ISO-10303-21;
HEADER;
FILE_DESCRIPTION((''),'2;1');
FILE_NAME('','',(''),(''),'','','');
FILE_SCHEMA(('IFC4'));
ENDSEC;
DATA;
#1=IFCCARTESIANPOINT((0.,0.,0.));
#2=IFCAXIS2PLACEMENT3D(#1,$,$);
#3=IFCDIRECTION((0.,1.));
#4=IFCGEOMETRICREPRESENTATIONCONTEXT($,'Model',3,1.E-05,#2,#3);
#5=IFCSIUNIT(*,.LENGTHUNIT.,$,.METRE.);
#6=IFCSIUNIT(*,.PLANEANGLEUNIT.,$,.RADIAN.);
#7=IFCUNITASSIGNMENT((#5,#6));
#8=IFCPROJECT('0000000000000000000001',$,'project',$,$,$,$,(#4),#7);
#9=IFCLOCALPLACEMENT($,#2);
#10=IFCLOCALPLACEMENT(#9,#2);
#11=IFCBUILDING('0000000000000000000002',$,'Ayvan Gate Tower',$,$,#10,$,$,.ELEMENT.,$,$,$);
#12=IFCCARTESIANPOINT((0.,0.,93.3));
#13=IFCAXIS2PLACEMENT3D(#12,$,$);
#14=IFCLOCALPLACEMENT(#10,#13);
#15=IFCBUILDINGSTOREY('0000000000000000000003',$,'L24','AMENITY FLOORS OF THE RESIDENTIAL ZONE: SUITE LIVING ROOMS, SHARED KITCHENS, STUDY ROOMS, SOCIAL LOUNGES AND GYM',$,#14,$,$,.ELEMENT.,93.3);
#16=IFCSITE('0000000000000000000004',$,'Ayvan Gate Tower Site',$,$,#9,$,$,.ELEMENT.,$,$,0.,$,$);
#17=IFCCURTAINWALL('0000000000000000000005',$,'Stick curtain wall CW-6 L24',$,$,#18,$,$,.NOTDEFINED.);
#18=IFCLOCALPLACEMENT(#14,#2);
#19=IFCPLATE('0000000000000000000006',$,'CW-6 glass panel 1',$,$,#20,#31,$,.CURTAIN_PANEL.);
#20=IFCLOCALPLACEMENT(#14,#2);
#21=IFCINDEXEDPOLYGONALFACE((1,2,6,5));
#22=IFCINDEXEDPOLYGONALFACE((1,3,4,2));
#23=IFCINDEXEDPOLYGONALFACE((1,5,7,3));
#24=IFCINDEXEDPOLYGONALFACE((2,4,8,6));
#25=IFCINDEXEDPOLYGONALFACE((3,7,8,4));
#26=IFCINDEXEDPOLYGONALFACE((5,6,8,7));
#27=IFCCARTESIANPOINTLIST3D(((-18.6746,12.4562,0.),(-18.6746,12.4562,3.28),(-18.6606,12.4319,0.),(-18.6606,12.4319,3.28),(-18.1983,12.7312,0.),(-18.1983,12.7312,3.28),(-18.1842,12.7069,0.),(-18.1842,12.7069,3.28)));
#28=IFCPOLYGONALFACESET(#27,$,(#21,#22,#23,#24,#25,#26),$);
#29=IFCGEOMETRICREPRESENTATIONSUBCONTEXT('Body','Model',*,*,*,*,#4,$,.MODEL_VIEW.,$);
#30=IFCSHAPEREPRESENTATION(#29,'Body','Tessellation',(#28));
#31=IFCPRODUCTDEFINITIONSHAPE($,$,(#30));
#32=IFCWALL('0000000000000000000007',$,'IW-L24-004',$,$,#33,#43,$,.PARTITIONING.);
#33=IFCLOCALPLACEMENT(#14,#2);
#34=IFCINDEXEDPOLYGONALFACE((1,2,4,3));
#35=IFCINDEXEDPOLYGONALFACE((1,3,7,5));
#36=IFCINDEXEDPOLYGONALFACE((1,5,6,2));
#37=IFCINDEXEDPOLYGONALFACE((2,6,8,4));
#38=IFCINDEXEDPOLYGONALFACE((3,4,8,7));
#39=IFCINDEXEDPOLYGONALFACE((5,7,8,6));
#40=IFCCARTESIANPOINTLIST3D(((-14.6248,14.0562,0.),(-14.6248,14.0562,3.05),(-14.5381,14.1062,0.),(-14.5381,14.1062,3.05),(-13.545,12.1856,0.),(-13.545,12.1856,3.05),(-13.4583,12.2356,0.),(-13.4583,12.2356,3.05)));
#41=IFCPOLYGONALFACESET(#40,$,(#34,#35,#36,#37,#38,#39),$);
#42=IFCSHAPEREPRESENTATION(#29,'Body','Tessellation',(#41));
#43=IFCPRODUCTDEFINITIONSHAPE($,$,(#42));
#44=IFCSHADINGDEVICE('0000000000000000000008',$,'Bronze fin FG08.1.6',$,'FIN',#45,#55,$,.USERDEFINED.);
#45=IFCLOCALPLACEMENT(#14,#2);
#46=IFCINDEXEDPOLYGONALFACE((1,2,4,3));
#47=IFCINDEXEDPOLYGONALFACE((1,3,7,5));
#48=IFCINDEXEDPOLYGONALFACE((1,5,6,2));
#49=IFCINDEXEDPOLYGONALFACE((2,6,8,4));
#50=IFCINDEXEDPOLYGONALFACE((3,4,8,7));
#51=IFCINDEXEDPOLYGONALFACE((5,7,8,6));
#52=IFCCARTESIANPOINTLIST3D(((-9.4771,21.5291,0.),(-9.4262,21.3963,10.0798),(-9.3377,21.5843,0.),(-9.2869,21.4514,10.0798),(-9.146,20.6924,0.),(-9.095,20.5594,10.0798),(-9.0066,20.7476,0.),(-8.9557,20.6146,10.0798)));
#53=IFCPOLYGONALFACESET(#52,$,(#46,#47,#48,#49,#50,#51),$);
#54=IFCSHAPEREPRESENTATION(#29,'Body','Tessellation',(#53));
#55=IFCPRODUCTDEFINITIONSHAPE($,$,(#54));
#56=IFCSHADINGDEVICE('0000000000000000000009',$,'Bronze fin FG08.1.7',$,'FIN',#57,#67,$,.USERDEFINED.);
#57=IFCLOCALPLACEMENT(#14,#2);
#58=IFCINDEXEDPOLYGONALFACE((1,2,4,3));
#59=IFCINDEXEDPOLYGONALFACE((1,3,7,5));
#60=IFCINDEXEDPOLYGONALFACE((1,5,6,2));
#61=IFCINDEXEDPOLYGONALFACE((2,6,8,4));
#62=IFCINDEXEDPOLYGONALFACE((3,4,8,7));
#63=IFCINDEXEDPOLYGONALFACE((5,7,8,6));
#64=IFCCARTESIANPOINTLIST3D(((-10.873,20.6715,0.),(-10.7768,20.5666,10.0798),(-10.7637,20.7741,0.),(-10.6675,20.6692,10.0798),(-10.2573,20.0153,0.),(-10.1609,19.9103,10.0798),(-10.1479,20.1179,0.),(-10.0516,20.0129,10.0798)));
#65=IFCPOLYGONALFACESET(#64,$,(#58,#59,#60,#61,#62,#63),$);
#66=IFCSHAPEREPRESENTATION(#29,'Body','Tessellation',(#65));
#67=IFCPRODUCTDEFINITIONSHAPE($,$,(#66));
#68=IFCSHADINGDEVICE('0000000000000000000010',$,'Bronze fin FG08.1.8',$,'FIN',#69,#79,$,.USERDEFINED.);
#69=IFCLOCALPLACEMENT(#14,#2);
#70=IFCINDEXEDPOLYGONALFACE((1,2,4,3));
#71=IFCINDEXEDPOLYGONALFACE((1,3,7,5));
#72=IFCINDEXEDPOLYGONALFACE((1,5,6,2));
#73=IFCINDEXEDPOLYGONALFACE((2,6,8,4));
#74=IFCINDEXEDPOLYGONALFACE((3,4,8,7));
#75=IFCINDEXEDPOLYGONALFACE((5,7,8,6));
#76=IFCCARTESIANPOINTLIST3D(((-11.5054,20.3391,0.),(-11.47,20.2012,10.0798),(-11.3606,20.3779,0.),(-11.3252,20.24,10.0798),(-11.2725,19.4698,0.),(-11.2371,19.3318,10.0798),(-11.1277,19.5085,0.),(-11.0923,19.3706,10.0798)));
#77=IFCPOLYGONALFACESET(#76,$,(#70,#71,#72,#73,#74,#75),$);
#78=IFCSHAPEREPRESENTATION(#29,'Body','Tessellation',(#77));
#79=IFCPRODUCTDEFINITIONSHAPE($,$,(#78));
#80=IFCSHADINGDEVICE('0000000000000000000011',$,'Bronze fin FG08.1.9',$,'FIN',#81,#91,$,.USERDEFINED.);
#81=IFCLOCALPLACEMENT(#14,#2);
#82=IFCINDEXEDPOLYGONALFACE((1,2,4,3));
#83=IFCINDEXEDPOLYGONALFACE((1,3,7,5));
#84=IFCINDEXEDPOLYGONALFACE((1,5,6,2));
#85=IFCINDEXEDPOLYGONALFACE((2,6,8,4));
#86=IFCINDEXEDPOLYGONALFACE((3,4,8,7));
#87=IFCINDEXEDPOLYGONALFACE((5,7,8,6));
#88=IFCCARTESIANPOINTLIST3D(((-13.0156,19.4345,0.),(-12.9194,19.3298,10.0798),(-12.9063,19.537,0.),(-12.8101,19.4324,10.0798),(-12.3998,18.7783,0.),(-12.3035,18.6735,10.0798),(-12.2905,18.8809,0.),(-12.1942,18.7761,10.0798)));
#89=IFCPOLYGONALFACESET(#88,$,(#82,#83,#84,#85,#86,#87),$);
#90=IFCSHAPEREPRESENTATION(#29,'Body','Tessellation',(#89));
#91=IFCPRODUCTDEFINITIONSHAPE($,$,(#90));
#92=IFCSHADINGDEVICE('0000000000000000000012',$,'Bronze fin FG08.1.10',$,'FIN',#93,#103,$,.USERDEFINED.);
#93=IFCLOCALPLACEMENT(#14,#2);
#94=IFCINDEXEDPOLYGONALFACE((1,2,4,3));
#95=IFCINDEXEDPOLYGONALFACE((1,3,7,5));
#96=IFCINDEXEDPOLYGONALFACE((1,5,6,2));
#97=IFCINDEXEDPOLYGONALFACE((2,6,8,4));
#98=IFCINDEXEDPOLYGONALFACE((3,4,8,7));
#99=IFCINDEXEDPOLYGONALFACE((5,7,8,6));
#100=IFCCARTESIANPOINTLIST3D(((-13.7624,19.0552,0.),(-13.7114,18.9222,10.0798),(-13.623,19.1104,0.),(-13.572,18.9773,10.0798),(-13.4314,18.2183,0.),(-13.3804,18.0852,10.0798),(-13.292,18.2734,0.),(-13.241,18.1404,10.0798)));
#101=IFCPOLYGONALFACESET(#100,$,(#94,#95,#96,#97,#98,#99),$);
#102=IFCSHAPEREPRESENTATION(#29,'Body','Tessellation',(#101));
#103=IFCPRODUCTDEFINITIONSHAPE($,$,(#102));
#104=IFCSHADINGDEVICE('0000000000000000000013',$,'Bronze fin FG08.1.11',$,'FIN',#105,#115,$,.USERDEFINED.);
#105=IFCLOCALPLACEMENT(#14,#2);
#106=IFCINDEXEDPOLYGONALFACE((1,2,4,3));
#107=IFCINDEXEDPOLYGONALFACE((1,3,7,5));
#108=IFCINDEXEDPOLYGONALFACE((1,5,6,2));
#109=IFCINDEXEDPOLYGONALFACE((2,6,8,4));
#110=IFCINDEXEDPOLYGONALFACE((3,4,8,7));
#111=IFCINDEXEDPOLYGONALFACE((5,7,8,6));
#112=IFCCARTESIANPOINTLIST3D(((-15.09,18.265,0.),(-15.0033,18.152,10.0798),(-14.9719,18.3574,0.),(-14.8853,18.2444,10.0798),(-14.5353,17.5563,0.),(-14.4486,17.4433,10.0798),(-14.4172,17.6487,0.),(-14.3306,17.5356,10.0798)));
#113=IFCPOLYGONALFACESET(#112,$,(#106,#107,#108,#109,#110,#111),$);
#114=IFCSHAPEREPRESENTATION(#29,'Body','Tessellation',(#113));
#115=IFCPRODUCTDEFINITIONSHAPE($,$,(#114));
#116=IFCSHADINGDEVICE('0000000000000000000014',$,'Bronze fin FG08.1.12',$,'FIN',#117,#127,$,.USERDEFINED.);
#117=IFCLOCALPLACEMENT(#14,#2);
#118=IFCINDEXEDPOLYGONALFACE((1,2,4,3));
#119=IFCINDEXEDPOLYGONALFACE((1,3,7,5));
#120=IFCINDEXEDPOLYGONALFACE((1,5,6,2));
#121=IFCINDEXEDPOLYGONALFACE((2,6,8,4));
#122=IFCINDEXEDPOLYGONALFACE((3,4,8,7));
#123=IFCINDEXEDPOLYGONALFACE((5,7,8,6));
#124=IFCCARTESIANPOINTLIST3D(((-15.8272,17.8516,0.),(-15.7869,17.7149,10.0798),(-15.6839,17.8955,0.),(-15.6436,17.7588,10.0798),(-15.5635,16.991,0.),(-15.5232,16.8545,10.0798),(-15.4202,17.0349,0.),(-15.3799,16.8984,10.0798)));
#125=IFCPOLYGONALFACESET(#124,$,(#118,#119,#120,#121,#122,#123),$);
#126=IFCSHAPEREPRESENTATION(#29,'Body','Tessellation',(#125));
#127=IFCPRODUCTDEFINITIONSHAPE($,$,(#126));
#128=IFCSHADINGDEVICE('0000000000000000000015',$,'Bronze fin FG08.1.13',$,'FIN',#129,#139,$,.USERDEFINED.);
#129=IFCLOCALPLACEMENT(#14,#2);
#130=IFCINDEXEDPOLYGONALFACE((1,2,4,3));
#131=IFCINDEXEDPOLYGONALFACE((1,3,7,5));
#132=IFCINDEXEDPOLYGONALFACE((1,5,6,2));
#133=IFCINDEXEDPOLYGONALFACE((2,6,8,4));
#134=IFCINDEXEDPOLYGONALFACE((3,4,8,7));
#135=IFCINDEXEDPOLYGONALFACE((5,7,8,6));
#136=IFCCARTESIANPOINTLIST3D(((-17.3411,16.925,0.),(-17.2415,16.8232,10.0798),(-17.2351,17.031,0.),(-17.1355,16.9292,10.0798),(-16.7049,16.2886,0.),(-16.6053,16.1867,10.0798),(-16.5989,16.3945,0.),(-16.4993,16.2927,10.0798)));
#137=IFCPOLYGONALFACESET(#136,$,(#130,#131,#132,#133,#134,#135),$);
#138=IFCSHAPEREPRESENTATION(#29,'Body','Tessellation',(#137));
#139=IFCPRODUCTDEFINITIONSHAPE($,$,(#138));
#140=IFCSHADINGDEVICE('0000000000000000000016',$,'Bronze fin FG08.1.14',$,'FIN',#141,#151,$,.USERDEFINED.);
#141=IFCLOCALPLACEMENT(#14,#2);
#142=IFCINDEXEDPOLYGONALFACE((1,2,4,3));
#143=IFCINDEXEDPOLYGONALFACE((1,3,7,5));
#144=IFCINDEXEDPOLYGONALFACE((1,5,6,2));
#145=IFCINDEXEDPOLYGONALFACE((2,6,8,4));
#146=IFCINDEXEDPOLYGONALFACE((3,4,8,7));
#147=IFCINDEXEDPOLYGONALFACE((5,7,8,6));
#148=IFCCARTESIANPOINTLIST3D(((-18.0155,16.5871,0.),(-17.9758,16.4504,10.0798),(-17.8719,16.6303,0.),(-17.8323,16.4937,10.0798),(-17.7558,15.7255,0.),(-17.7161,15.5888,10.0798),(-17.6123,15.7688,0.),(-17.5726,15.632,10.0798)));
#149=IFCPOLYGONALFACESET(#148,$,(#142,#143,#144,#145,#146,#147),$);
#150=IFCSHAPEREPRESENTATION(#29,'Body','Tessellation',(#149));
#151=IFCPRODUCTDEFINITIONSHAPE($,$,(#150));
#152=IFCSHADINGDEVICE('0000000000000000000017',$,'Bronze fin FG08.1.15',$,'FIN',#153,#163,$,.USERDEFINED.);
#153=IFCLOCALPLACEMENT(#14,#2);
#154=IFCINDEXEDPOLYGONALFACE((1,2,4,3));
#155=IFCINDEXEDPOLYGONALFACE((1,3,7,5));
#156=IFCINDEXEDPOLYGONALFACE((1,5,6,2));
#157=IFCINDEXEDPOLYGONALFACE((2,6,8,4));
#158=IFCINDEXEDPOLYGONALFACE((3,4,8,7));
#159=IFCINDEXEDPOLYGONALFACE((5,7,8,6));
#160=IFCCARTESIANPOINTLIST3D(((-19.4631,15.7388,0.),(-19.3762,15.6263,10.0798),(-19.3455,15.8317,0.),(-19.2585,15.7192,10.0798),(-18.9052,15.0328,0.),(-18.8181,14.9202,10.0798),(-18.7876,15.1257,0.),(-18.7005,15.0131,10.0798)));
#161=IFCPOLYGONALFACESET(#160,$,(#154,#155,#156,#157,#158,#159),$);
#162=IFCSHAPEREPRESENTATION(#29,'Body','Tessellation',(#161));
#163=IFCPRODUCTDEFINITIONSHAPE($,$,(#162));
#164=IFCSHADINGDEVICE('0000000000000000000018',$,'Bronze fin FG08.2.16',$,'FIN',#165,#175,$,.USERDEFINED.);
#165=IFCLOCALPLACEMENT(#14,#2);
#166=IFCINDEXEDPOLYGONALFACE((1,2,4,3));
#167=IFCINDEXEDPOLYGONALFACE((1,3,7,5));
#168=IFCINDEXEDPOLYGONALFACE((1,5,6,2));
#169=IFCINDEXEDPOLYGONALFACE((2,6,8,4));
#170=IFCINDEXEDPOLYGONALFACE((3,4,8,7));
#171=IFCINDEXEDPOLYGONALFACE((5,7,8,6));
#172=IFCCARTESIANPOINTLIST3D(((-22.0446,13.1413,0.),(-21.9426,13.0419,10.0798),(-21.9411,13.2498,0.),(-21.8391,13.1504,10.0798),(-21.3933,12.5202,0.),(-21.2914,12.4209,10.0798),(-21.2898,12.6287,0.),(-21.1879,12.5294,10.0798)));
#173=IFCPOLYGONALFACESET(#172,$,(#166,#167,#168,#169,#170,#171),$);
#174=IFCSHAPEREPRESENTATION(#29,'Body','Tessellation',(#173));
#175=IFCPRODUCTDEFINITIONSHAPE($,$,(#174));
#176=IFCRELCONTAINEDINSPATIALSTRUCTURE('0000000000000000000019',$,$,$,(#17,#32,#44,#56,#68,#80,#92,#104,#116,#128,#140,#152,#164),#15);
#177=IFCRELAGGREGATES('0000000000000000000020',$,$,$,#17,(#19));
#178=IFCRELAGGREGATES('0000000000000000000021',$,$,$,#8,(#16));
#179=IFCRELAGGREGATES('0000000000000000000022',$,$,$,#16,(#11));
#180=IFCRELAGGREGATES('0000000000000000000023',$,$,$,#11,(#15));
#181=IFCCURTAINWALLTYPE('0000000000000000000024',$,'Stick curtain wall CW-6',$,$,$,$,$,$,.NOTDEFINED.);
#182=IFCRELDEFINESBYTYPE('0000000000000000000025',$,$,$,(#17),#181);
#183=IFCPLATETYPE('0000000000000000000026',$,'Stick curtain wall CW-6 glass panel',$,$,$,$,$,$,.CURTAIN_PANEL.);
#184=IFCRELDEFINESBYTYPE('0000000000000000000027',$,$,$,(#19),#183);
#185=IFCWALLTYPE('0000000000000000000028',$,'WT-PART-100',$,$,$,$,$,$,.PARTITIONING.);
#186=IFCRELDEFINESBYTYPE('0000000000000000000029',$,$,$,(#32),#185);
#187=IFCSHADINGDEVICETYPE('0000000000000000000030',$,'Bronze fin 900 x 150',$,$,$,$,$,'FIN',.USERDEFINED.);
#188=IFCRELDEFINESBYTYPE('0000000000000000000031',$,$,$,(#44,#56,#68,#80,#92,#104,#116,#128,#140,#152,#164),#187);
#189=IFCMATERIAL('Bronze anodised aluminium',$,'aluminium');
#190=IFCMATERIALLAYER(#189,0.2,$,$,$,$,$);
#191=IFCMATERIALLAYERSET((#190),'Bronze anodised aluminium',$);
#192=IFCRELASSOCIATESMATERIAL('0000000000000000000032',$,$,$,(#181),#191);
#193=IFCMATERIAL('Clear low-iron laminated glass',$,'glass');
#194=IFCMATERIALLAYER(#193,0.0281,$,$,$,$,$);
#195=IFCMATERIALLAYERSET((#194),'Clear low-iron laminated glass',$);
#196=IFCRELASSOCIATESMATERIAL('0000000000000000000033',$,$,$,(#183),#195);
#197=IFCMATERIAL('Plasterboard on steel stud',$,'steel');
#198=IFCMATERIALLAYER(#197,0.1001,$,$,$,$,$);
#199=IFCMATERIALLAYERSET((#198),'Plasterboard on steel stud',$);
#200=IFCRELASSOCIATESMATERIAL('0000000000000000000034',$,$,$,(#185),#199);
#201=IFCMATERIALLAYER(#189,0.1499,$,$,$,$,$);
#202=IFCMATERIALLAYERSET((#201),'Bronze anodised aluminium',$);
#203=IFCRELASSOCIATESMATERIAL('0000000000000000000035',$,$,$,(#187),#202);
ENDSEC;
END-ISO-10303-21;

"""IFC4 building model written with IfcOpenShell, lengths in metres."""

from ifc_helpers import new_model, si_unit, direction, frame, frame_2d, origin, origin_2d, place, context, subcontext, project, spatial, polyline, rectangle, outline, extrude, material, layer, layer_set, type_object, element, aggregate, save


model = new_model("IFC4")

# Units and contexts
model_context = context("Model", 3, precision=1e-05, world=origin(), true_north=direction((0.0, 1.0)))
body_context = subcontext(model_context, "Body", "Model", "MODEL_VIEW")
ifc_project = project(units=[si_unit("LENGTHUNIT", "METRE"), si_unit("PLANEANGLEUNIT", "RADIAN")], contexts=[model_context])

# Site, building, storey
site_placement = place(None, origin())
site = spatial("IfcSite", under=ifc_project, at=site_placement, Name="Ayvan Gate Tower Site", CompositionType="ELEMENT", RefElevation=0.0)
building_placement = place(site_placement, origin())
building = spatial("IfcBuilding", under=site, at=building_placement, Name="Ayvan Gate Tower", CompositionType="ELEMENT")
storey_placement = place(building_placement, frame((0.0, 0.0, 93.3)))
storey = spatial("IfcBuildingStorey", under=building, at=storey_placement, Name="L24", Description="AMENITY FLOORS OF THE RESIDENTIAL ZONE: SUITE LIVING ROOMS, SHARED KITCHENS, STUDY ROOMS, SOCIAL LOUNGES AND GYM", CompositionType="ELEMENT", Elevation=93.3)

# Shared definitions
ifc_material_1 = material(Name="Bronze anodised aluminium", Category="aluminium")

# Curtain wall
ifc_layer_1 = layer(ifc_material_1, 0.2)
ifc_layer_set_1 = layer_set([ifc_layer_1], Name="Bronze anodised aluminium")
curtain_wall_type_1 = type_object("IfcCurtainWallType", Name="Stick curtain wall CW-6", PredefinedType="NOTDEFINED", material=ifc_layer_set_1)
curtain_wall_1_placement = place(storey_placement, origin())
curtain_wall_1 = element("IfcCurtainWall", 1, at=curtain_wall_1_placement, inside=storey, type_object=curtain_wall_type_1, Name="Stick curtain wall CW-6 L24", PredefinedType="NOTDEFINED")

# Plate
ifc_material_2 = material(Name="Clear low-iron laminated glass", Category="glass")
ifc_layer_2 = layer(ifc_material_2, 0.0281)
ifc_layer_set_2 = layer_set([ifc_layer_2], Name="Clear low-iron laminated glass")
plate_type_1 = type_object("IfcPlateType", Name="Stick curtain wall CW-6 glass panel", PredefinedType="CURTAIN_PANEL", material=ifc_layer_set_2)
plate_1_placement = place(storey_placement, frame((-18.4294, 12.5815, 0.0), z_axis=(0.0, 0.0, 1.0), x_axis=(-0.866025, -0.5, 0.0)))
plate_1 = element("IfcPlate", 2, at=plate_1_placement, type_object=plate_type_1, Name="CW-6 glass panel 1", PredefinedType="CURTAIN_PANEL", context=body_context, shape_type="SweptSolid", body=[
    extrude(rectangle(XDim=0.55, YDim=0.0281, at=origin_2d()), origin(), (0.0, 0.0, 1.0), 3.28),
])
aggregate(curtain_wall_1, [plate_1])

# Wall
ifc_material_3 = material(Name="Plasterboard on steel stud", Category="steel")
ifc_layer_3 = layer(ifc_material_3, 0.1001)
ifc_layer_set_3 = layer_set([ifc_layer_3], Name="Plasterboard on steel stud")
wall_type = type_object("IfcWallType", Name="WT-PART-100", PredefinedType="PARTITIONING", material=ifc_layer_set_3)
wall_placement = place(storey_placement, frame((-14.5815, 14.0813, 0.0), z_axis=(0.0, 0.0, 1.0), x_axis=(0.499944, -0.866058, 0.0)))
element("IfcWall", 3, at=wall_placement, inside=storey, type_object=wall_type, Name="IW-L24-004", PredefinedType="PARTITIONING", context=body_context, shape_type="SweptSolid", body=[
    extrude(rectangle(XDim=2.1599, YDim=0.1001, at=frame_2d((1.0801, 0.0))), origin(), (0.0, 0.0, 1.0), 3.05),
])

# Shading devices
ifc_layer_4 = layer(ifc_material_1, 0.1499)
ifc_layer_set_4 = layer_set([ifc_layer_4], Name="Bronze anodised aluminium")
shading_device_type = type_object("IfcShadingDeviceType", Name="Bronze fin 900 x 150", ElementType="FIN", PredefinedType="USERDEFINED", material=ifc_layer_set_4)
shading_device_1_placement = place(storey_placement, frame((-9.0066, 20.7476, 0.0), z_axis=(0.929827, 0.367997, 0.000158), x_axis=(-0.367997, 0.929827, 0.0)))
element("IfcShadingDevice", 4, at=shading_device_1_placement, inside=storey, type_object=shading_device_type, Name="Bronze fin FG08.1.6", ObjectType="FIN", PredefinedType="USERDEFINED", context=body_context, shape_type="SweptSolid", body=[
    extrude(outline(polyline([(0.0, 0.0), (0.8999, 0.0), (0.7576, 10.0798), (-0.1424, 10.0798), (0.0, 0.0)])), origin(), (0.0, 0.0, -1.0), 0.1499),
])
shading_device_2_placement = place(storey_placement, frame((-10.1479, 20.1179, 0.0), z_axis=(0.729199, 0.684302, 0.000159), x_axis=(-0.684302, 0.729199, 0.0)))
element("IfcShadingDevice", 5, at=shading_device_2_placement, inside=storey, type_object=shading_device_type, Name="Bronze fin FG08.1.7", ObjectType="FIN", PredefinedType="USERDEFINED", context=body_context, shape_type="SweptSolid", body=[
    extrude(outline(polyline([(0.0, 0.0), (0.8999, 0.0), (0.7575, 10.0798), (-0.1425, 10.0798), (0.0, 0.0)])), origin(), (0.0, 0.0, -1.0), 0.1499),
])
shading_device_3_placement = place(storey_placement, frame((-11.1277, 19.5085, 0.0), z_axis=(0.965937, 0.258777, 0.000149), x_axis=(-0.258777, 0.965937, 0.0)))
element("IfcShadingDevice", 6, at=shading_device_3_placement, inside=storey, type_object=shading_device_type, Name="Bronze fin FG08.1.8", ObjectType="FIN", PredefinedType="USERDEFINED", context=body_context, shape_type="SweptSolid", body=[
    extrude(outline(polyline([(0.0, 0.0), (0.9, 0.0), (0.7576, 10.0798), (-0.1424, 10.0798), (0.0, 0.0)])), origin(), (0.0, 0.0, -1.0), 0.1499),
])
shading_device_4_placement = place(storey_placement, frame((-12.2905, 18.8809, 0.0), z_axis=(0.729199, 0.684302, 0.000143), x_axis=(-0.684302, 0.729199, 0.0)))
element("IfcShadingDevice", 7, at=shading_device_4_placement, inside=storey, type_object=shading_device_type, Name="Bronze fin FG08.1.9", ObjectType="FIN", PredefinedType="USERDEFINED", context=body_context, shape_type="SweptSolid", body=[
    extrude(outline(polyline([(0.0, 0.0), (0.8999, 0.0), (0.7577, 10.0798), (-0.1424, 10.0798), (0.0, 0.0)])), origin(), (0.0, 0.0, -1.0), 0.1499),
])
shading_device_5_placement = place(storey_placement, frame((-13.292, 18.2734, 0.0), z_axis=(0.929892, 0.367833, 0.000148), x_axis=(-0.367833, 0.929892, 0.0)))
element("IfcShadingDevice", 8, at=shading_device_5_placement, inside=storey, type_object=shading_device_type, Name="Bronze fin FG08.1.10", ObjectType="FIN", PredefinedType="USERDEFINED", context=body_context, shape_type="SweptSolid", body=[
    extrude(outline(polyline([(0.0, 0.0), (0.9, 0.0), (0.7575, 10.0798), (-0.1425, 10.0798), (0.0, 0.0)])), origin(), (0.0, 0.0, -1.0), 0.1499),
])
shading_device_6_placement = place(storey_placement, frame((-14.4172, 17.6487, 0.0), z_axis=(0.787494, 0.616323, 0.00014), x_axis=(-0.616323, 0.787494, 0.0)))
element("IfcShadingDevice", 9, at=shading_device_6_placement, inside=storey, type_object=shading_device_type, Name="Bronze fin FG08.1.11", ObjectType="FIN", PredefinedType="USERDEFINED", context=body_context, shape_type="SweptSolid", body=[
    extrude(outline(polyline([(0.0, 0.0), (0.9, 0.0), (0.7576, 10.0798), (-0.1424, 10.0798), (0.0, 0.0)])), origin(), (0.0, 0.0, -1.0), 0.1499),
])
shading_device_7_placement = place(storey_placement, frame((-15.4202, 17.0349, 0.0), z_axis=(0.956119, 0.29298, 0.000149), x_axis=(-0.29298, 0.956119, 0.0)))
element("IfcShadingDevice", 10, at=shading_device_7_placement, inside=storey, type_object=shading_device_type, Name="Bronze fin FG08.1.12", ObjectType="FIN", PredefinedType="USERDEFINED", context=body_context, shape_type="SweptSolid", body=[
    extrude(outline(polyline([(0.0, 0.0), (0.9001, 0.0), (0.7576, 10.0798), (-0.1423, 10.0798), (0.0, 0.0)])), origin(), (0.0, 0.0, -1.0), 0.1499),
])
shading_device_8_placement = place(storey_placement, frame((-16.5989, 16.3945, 0.0), z_axis=(0.707242, 0.706971, 0.000151), x_axis=(-0.706971, 0.707242, 0.0)))
element("IfcShadingDevice", 11, at=shading_device_8_placement, inside=storey, type_object=shading_device_type, Name="Bronze fin FG08.1.13", ObjectType="FIN", PredefinedType="USERDEFINED", context=body_context, shape_type="SweptSolid", body=[
    extrude(outline(polyline([(0.0, 0.0), (0.8999, 0.0), (0.7575, 10.0798), (-0.1424, 10.0798), (0.0, 0.0)])), origin(), (0.0, 0.0, -1.0), 0.1499),
])
shading_device_9_placement = place(storey_placement, frame((-17.6123, 15.7688, 0.0), z_axis=(0.957467, 0.288542, 0.000145), x_axis=(-0.288542, 0.957467, 0.0)))
element("IfcShadingDevice", 12, at=shading_device_9_placement, inside=storey, type_object=shading_device_type, Name="Bronze fin FG08.1.14", ObjectType="FIN", PredefinedType="USERDEFINED", context=body_context, shape_type="SweptSolid", body=[
    extrude(outline(polyline([(0.0, 0.0), (0.8998, 0.0), (0.7575, 10.0798), (-0.1424, 10.0798), (0.0, 0.0)])), origin(), (0.0, 0.0, -1.0), 0.1499),
])
shading_device_10_placement = place(storey_placement, frame((-18.7876, 15.1257, 0.0), z_axis=(0.784574, 0.620036, 0.000149), x_axis=(-0.620036, 0.784574, 0.0)))
element("IfcShadingDevice", 13, at=shading_device_10_placement, inside=storey, type_object=shading_device_type, Name="Bronze fin FG08.1.15", ObjectType="FIN", PredefinedType="USERDEFINED", context=body_context, shape_type="SweptSolid", body=[
    extrude(outline(polyline([(0.0, 0.0), (0.8998, 0.0), (0.7577, 10.0798), (-0.1423, 10.0798), (0.0, 0.0)])), origin(), (0.0, 0.0, -1.0), 0.1499),
])
shading_device_11_placement = place(storey_placement, frame((-21.2898, 12.6287, 0.0), z_axis=(0.690156, 0.72366, 0.000155), x_axis=(-0.72366, 0.690156, 0.0)))
element("IfcShadingDevice", 14, at=shading_device_11_placement, inside=storey, type_object=shading_device_type, Name="Bronze fin FG08.2.16", ObjectType="FIN", PredefinedType="USERDEFINED", context=body_context, shape_type="SweptSolid", body=[
    extrude(outline(polyline([(0.0, 0.0), (0.9, 0.0), (0.7576, 10.0798), (-0.1423, 10.0798), (0.0, 0.0)])), origin(), (0.0, 0.0, -1.0), 0.1499),
])

save(model, "model.ifc")
